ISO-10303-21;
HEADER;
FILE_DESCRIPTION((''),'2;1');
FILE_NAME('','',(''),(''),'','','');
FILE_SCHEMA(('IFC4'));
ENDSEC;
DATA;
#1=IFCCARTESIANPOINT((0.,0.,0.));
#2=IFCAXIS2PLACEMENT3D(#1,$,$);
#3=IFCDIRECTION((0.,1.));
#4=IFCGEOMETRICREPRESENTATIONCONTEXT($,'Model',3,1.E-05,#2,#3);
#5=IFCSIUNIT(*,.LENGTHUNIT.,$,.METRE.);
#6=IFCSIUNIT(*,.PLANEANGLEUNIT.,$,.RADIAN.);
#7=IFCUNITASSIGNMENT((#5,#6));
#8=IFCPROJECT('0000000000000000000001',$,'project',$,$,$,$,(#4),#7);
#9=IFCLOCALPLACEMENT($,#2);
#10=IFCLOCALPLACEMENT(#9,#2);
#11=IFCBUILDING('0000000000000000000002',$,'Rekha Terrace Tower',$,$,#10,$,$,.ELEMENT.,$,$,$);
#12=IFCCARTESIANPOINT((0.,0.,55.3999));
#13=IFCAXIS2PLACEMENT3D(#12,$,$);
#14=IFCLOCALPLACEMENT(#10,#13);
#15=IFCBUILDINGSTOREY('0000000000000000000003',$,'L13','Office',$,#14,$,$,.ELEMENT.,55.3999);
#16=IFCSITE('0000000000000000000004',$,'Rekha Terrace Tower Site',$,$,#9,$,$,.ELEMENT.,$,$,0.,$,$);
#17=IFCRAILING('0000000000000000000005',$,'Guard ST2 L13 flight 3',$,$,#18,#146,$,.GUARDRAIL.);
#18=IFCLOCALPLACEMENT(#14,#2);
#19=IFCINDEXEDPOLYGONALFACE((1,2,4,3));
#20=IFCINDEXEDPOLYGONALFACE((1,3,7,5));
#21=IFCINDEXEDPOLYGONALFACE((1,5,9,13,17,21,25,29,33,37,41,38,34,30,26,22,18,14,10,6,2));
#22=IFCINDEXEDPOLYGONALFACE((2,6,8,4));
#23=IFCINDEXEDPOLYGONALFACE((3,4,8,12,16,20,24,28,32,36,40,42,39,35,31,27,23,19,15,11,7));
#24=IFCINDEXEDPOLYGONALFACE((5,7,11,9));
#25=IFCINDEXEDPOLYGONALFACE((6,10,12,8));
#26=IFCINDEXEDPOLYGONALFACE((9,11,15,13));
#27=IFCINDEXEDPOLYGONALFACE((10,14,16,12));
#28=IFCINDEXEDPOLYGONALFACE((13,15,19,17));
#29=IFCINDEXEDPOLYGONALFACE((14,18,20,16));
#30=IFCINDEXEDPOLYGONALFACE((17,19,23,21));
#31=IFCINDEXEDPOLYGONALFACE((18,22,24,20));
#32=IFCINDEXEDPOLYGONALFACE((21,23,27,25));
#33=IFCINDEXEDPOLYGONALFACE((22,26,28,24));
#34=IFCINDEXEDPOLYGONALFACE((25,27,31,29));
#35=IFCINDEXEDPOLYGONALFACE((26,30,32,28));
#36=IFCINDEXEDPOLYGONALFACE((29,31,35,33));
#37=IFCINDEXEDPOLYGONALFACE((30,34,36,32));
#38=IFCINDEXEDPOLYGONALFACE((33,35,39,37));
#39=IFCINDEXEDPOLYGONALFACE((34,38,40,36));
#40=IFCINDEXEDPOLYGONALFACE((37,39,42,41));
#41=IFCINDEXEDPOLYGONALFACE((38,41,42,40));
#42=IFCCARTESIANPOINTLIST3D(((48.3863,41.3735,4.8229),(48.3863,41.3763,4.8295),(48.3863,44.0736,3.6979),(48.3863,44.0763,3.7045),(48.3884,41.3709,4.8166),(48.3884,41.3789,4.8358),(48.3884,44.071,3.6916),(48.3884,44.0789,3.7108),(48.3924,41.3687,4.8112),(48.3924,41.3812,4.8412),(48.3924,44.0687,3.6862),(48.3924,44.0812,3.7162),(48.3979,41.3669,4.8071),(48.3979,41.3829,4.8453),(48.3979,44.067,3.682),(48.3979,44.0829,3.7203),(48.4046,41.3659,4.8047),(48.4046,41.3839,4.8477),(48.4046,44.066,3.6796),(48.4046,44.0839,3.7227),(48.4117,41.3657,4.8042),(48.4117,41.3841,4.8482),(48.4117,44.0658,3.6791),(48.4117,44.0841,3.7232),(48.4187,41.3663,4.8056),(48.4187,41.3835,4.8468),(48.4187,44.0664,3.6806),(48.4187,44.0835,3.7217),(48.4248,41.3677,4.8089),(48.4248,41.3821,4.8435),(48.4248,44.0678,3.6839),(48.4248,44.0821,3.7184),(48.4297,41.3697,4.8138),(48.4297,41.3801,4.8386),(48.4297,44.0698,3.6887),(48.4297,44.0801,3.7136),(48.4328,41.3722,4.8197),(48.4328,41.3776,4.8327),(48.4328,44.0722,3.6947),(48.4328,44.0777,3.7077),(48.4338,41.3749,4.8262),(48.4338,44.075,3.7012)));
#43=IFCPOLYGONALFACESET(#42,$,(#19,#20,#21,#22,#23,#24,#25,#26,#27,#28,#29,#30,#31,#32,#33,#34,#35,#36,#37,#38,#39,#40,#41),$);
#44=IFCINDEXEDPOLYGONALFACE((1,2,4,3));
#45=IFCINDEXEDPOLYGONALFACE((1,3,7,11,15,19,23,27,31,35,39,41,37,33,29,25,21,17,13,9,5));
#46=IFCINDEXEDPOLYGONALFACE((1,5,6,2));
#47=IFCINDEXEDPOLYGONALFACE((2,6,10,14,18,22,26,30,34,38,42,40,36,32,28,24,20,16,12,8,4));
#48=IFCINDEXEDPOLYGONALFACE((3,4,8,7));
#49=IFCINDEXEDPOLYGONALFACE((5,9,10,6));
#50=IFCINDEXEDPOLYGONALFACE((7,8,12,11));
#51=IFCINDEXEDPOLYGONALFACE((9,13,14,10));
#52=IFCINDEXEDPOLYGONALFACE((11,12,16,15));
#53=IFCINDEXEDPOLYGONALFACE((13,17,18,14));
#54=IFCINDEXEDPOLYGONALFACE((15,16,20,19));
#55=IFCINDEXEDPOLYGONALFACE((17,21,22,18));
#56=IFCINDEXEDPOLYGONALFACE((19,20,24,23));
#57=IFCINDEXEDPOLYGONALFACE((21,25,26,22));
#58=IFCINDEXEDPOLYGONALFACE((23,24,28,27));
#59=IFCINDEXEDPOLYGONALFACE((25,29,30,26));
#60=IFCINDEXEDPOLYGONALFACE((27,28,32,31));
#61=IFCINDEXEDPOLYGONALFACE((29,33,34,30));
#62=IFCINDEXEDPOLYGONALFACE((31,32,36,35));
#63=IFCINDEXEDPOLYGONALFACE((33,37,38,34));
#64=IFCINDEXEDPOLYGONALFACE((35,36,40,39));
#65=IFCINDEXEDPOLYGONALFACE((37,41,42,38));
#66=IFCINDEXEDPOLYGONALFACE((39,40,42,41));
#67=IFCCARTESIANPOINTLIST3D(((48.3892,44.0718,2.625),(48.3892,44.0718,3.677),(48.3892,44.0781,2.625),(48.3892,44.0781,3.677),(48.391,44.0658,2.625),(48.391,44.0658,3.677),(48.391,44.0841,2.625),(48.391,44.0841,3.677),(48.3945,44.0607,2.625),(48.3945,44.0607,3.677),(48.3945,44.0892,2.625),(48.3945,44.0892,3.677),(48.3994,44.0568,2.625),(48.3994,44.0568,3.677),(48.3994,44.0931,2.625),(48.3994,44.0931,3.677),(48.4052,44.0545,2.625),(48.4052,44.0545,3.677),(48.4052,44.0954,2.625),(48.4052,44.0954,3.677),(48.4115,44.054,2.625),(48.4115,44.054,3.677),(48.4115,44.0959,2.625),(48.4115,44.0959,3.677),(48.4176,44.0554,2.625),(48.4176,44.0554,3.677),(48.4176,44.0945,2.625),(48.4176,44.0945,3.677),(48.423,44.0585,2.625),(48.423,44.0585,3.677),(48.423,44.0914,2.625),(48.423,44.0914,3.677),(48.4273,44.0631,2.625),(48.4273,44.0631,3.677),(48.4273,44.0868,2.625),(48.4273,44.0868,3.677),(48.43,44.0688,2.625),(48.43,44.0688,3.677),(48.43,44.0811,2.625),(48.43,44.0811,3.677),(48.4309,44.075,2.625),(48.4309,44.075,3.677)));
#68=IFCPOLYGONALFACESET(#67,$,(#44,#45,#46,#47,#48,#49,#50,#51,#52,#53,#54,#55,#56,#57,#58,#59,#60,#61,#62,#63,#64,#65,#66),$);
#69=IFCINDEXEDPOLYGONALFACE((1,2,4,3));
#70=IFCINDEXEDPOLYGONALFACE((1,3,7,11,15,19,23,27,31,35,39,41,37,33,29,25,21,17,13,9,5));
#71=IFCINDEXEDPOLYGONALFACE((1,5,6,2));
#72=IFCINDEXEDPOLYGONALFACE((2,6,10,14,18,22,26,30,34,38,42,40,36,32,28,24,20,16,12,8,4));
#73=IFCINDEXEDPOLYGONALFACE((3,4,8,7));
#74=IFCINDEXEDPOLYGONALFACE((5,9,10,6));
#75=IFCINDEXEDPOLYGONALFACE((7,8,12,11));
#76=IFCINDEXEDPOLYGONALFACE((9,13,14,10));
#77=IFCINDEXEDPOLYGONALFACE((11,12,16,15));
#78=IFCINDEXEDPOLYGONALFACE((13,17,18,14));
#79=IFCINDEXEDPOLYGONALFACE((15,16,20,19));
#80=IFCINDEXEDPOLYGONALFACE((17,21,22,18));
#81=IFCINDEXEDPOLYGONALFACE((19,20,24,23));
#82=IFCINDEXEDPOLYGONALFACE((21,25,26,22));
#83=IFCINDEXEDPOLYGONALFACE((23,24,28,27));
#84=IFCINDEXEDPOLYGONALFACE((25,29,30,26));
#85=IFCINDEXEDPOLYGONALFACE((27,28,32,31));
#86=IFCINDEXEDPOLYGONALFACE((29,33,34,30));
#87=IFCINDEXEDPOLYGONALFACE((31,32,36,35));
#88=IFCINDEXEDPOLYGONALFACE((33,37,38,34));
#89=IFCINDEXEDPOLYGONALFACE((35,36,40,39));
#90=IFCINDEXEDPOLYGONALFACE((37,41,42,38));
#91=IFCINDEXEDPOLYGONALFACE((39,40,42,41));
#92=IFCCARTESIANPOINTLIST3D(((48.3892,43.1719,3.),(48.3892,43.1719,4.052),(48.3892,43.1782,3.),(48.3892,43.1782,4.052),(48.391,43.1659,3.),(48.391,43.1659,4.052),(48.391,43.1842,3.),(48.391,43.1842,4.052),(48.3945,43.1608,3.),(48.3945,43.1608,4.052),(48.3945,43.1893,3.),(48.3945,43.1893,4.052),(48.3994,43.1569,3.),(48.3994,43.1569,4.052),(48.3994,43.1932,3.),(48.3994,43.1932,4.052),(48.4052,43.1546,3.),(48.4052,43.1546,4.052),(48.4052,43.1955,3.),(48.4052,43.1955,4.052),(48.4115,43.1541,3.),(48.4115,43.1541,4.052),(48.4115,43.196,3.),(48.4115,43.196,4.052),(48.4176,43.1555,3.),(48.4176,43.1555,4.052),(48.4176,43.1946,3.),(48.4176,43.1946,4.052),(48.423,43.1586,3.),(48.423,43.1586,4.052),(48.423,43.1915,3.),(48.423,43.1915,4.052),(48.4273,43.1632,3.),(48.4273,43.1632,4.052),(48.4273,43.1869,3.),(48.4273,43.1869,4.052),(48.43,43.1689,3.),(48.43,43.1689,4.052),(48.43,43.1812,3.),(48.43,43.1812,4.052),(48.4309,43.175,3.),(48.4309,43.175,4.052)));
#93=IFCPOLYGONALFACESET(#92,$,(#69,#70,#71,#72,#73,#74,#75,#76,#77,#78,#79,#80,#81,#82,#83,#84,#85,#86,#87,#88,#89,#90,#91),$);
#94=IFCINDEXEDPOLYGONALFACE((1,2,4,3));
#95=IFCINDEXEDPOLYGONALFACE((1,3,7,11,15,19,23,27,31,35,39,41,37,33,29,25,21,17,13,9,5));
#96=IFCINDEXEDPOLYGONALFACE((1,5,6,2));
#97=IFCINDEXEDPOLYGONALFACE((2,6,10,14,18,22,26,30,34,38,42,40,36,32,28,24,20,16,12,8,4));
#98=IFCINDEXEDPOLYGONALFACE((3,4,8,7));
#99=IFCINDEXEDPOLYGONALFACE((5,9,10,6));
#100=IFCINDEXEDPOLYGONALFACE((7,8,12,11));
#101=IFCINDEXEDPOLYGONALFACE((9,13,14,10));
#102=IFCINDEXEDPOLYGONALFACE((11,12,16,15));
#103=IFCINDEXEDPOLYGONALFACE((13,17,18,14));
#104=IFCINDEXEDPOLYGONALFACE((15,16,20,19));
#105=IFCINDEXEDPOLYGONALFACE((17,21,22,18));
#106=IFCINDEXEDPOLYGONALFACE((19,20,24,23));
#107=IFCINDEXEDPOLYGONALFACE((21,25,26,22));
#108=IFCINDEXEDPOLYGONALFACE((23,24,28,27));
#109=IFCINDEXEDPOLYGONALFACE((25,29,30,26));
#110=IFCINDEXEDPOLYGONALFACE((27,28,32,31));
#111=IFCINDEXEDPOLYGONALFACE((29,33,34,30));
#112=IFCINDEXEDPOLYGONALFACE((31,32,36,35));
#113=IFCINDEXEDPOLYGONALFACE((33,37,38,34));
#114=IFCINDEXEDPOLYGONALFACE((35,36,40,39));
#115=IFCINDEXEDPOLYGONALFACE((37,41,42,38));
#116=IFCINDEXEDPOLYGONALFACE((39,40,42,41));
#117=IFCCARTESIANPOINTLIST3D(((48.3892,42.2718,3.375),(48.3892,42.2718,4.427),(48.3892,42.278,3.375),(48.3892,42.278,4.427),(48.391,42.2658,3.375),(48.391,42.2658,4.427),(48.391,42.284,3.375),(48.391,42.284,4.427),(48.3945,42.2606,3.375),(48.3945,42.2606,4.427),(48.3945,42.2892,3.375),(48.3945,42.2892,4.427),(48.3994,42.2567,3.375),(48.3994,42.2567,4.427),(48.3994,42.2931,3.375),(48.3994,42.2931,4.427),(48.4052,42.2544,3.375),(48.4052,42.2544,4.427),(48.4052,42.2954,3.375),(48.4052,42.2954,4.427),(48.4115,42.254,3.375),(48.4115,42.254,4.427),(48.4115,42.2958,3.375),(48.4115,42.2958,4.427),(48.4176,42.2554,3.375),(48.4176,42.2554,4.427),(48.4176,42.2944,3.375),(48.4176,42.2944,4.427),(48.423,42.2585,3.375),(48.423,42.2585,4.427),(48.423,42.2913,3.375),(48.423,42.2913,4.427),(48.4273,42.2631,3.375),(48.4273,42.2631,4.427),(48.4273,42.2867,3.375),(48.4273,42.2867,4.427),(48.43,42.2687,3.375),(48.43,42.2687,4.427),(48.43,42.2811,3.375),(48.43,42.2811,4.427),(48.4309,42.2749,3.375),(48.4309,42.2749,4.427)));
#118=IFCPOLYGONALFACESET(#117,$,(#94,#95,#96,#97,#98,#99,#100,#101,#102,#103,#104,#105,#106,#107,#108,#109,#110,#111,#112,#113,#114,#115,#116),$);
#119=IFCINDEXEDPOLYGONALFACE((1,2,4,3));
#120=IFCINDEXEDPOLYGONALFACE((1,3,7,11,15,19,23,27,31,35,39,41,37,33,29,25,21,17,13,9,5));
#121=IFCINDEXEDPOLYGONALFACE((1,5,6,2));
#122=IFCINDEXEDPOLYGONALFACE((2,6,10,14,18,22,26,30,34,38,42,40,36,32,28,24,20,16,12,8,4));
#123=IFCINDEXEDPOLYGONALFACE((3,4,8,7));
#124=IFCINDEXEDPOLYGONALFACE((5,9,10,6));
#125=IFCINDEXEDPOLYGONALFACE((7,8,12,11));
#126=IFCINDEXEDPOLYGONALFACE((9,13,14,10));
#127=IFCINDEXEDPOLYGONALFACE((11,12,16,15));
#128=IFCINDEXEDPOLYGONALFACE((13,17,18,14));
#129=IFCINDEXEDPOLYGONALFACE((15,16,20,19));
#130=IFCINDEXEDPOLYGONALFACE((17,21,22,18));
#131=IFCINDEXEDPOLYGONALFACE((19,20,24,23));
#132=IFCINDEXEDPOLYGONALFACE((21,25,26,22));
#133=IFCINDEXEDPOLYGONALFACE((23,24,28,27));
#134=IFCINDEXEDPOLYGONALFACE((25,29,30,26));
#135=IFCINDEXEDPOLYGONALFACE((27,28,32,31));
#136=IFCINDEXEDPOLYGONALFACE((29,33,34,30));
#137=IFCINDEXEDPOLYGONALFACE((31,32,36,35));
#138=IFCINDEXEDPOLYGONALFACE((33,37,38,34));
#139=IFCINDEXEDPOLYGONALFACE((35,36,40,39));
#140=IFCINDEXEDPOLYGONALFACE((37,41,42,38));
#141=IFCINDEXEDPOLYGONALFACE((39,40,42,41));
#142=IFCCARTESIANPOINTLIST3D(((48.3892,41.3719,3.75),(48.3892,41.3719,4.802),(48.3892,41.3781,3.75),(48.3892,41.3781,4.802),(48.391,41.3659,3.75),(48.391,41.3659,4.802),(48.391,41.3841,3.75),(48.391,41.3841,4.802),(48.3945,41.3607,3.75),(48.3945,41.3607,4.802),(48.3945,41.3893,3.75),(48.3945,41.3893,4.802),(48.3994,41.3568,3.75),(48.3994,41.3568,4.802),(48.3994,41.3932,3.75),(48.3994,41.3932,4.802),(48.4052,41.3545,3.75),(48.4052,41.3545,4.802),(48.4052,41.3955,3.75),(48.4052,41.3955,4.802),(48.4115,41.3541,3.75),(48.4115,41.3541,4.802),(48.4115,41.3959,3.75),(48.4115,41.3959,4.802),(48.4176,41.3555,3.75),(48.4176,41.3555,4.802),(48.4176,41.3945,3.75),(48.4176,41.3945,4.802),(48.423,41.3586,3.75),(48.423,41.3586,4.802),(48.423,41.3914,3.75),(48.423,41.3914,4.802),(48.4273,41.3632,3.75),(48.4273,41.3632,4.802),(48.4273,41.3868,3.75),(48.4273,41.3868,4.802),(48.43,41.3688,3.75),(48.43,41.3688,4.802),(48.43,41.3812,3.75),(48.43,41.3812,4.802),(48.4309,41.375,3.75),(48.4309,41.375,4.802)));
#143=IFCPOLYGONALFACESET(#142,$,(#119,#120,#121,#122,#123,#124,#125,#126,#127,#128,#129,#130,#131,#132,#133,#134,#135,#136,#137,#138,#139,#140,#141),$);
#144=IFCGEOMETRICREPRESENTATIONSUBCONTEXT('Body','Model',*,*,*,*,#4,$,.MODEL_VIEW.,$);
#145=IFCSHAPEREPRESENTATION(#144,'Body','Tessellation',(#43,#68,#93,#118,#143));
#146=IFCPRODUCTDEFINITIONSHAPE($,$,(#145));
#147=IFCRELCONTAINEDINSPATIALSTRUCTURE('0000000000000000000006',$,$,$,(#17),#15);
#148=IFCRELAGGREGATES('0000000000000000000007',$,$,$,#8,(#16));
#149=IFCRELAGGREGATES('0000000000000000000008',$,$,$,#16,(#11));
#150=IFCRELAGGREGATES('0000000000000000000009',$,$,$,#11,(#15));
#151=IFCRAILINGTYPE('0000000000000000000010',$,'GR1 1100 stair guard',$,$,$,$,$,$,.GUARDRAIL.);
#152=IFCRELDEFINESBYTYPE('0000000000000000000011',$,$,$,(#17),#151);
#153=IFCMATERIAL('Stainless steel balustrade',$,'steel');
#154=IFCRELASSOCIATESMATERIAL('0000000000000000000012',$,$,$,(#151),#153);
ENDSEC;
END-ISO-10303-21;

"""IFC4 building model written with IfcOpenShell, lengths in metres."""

from ifc_helpers import new_model, si_unit, direction, frame, origin, origin_2d, place, context, subcontext, project, spatial, circle, extrude, material, type_object, element, save


model = new_model("IFC4")

# Units and contexts
model_context = context("Model", 3, precision=1e-05, world=origin(), true_north=direction((0.0, 1.0)))
body_context = subcontext(model_context, "Body", "Model", "MODEL_VIEW")
ifc_project = project(units=[si_unit("LENGTHUNIT", "METRE"), si_unit("PLANEANGLEUNIT", "RADIAN")], contexts=[model_context])

# Site, building, storey
site_placement = place(None, origin())
site = spatial("IfcSite", under=ifc_project, at=site_placement, Name="Rekha Terrace Tower Site", CompositionType="ELEMENT", RefElevation=0.0)
building_placement = place(site_placement, origin())
building = spatial("IfcBuilding", under=site, at=building_placement, Name="Rekha Terrace Tower", CompositionType="ELEMENT")
storey_placement = place(building_placement, frame((0.0, 0.0, 55.3999)))
storey = spatial("IfcBuildingStorey", under=building, at=storey_placement, Name="L13", Description="Office", CompositionType="ELEMENT", Elevation=55.3999)

# Railing
ifc_material_1 = material(Name="Stainless steel balustrade", Category="steel")
railing_type_1 = type_object("IfcRailingType", Name="GR1 1100 stair guard", PredefinedType="GUARDRAIL", material=ifc_material_1)
railing_1_placement = place(storey_placement, frame((48.4099, 44.075, 2.625)))
element("IfcRailing", 1, at=railing_1_placement, inside=storey, type_object=railing_type_1, Name="Guard ST2 L13 flight 3", PredefinedType="GUARDRAIL", context=body_context, shape_type="SweptSolid", body=[
    extrude(circle(Radius=0.0239, at=origin_2d()), frame((0.0, 0.0, 1.0762), z_axis=(0.0, -0.923074, 0.384621), x_axis=(1.0, 0.0, 0.0)), (0.0, 0.0, 1.0), 2.925),
    extrude(circle(Radius=0.021, at=origin_2d()), origin(), (0.0, 0.0, 1.0), 1.052),
    extrude(circle(Radius=0.021, at=origin_2d()), frame((0.0, -0.8999, 0.375)), (0.0, 0.0, 1.0), 1.052),
    extrude(circle(Radius=0.021, at=origin_2d()), frame((0.0, -1.8, 0.75)), (0.0, 0.0, 1.0), 1.052),
    extrude(circle(Radius=0.021, at=origin_2d()), frame((0.0, -2.7, 1.125)), (0.0, 0.0, 1.0), 1.052),
])

save(model, "model.ifc")
